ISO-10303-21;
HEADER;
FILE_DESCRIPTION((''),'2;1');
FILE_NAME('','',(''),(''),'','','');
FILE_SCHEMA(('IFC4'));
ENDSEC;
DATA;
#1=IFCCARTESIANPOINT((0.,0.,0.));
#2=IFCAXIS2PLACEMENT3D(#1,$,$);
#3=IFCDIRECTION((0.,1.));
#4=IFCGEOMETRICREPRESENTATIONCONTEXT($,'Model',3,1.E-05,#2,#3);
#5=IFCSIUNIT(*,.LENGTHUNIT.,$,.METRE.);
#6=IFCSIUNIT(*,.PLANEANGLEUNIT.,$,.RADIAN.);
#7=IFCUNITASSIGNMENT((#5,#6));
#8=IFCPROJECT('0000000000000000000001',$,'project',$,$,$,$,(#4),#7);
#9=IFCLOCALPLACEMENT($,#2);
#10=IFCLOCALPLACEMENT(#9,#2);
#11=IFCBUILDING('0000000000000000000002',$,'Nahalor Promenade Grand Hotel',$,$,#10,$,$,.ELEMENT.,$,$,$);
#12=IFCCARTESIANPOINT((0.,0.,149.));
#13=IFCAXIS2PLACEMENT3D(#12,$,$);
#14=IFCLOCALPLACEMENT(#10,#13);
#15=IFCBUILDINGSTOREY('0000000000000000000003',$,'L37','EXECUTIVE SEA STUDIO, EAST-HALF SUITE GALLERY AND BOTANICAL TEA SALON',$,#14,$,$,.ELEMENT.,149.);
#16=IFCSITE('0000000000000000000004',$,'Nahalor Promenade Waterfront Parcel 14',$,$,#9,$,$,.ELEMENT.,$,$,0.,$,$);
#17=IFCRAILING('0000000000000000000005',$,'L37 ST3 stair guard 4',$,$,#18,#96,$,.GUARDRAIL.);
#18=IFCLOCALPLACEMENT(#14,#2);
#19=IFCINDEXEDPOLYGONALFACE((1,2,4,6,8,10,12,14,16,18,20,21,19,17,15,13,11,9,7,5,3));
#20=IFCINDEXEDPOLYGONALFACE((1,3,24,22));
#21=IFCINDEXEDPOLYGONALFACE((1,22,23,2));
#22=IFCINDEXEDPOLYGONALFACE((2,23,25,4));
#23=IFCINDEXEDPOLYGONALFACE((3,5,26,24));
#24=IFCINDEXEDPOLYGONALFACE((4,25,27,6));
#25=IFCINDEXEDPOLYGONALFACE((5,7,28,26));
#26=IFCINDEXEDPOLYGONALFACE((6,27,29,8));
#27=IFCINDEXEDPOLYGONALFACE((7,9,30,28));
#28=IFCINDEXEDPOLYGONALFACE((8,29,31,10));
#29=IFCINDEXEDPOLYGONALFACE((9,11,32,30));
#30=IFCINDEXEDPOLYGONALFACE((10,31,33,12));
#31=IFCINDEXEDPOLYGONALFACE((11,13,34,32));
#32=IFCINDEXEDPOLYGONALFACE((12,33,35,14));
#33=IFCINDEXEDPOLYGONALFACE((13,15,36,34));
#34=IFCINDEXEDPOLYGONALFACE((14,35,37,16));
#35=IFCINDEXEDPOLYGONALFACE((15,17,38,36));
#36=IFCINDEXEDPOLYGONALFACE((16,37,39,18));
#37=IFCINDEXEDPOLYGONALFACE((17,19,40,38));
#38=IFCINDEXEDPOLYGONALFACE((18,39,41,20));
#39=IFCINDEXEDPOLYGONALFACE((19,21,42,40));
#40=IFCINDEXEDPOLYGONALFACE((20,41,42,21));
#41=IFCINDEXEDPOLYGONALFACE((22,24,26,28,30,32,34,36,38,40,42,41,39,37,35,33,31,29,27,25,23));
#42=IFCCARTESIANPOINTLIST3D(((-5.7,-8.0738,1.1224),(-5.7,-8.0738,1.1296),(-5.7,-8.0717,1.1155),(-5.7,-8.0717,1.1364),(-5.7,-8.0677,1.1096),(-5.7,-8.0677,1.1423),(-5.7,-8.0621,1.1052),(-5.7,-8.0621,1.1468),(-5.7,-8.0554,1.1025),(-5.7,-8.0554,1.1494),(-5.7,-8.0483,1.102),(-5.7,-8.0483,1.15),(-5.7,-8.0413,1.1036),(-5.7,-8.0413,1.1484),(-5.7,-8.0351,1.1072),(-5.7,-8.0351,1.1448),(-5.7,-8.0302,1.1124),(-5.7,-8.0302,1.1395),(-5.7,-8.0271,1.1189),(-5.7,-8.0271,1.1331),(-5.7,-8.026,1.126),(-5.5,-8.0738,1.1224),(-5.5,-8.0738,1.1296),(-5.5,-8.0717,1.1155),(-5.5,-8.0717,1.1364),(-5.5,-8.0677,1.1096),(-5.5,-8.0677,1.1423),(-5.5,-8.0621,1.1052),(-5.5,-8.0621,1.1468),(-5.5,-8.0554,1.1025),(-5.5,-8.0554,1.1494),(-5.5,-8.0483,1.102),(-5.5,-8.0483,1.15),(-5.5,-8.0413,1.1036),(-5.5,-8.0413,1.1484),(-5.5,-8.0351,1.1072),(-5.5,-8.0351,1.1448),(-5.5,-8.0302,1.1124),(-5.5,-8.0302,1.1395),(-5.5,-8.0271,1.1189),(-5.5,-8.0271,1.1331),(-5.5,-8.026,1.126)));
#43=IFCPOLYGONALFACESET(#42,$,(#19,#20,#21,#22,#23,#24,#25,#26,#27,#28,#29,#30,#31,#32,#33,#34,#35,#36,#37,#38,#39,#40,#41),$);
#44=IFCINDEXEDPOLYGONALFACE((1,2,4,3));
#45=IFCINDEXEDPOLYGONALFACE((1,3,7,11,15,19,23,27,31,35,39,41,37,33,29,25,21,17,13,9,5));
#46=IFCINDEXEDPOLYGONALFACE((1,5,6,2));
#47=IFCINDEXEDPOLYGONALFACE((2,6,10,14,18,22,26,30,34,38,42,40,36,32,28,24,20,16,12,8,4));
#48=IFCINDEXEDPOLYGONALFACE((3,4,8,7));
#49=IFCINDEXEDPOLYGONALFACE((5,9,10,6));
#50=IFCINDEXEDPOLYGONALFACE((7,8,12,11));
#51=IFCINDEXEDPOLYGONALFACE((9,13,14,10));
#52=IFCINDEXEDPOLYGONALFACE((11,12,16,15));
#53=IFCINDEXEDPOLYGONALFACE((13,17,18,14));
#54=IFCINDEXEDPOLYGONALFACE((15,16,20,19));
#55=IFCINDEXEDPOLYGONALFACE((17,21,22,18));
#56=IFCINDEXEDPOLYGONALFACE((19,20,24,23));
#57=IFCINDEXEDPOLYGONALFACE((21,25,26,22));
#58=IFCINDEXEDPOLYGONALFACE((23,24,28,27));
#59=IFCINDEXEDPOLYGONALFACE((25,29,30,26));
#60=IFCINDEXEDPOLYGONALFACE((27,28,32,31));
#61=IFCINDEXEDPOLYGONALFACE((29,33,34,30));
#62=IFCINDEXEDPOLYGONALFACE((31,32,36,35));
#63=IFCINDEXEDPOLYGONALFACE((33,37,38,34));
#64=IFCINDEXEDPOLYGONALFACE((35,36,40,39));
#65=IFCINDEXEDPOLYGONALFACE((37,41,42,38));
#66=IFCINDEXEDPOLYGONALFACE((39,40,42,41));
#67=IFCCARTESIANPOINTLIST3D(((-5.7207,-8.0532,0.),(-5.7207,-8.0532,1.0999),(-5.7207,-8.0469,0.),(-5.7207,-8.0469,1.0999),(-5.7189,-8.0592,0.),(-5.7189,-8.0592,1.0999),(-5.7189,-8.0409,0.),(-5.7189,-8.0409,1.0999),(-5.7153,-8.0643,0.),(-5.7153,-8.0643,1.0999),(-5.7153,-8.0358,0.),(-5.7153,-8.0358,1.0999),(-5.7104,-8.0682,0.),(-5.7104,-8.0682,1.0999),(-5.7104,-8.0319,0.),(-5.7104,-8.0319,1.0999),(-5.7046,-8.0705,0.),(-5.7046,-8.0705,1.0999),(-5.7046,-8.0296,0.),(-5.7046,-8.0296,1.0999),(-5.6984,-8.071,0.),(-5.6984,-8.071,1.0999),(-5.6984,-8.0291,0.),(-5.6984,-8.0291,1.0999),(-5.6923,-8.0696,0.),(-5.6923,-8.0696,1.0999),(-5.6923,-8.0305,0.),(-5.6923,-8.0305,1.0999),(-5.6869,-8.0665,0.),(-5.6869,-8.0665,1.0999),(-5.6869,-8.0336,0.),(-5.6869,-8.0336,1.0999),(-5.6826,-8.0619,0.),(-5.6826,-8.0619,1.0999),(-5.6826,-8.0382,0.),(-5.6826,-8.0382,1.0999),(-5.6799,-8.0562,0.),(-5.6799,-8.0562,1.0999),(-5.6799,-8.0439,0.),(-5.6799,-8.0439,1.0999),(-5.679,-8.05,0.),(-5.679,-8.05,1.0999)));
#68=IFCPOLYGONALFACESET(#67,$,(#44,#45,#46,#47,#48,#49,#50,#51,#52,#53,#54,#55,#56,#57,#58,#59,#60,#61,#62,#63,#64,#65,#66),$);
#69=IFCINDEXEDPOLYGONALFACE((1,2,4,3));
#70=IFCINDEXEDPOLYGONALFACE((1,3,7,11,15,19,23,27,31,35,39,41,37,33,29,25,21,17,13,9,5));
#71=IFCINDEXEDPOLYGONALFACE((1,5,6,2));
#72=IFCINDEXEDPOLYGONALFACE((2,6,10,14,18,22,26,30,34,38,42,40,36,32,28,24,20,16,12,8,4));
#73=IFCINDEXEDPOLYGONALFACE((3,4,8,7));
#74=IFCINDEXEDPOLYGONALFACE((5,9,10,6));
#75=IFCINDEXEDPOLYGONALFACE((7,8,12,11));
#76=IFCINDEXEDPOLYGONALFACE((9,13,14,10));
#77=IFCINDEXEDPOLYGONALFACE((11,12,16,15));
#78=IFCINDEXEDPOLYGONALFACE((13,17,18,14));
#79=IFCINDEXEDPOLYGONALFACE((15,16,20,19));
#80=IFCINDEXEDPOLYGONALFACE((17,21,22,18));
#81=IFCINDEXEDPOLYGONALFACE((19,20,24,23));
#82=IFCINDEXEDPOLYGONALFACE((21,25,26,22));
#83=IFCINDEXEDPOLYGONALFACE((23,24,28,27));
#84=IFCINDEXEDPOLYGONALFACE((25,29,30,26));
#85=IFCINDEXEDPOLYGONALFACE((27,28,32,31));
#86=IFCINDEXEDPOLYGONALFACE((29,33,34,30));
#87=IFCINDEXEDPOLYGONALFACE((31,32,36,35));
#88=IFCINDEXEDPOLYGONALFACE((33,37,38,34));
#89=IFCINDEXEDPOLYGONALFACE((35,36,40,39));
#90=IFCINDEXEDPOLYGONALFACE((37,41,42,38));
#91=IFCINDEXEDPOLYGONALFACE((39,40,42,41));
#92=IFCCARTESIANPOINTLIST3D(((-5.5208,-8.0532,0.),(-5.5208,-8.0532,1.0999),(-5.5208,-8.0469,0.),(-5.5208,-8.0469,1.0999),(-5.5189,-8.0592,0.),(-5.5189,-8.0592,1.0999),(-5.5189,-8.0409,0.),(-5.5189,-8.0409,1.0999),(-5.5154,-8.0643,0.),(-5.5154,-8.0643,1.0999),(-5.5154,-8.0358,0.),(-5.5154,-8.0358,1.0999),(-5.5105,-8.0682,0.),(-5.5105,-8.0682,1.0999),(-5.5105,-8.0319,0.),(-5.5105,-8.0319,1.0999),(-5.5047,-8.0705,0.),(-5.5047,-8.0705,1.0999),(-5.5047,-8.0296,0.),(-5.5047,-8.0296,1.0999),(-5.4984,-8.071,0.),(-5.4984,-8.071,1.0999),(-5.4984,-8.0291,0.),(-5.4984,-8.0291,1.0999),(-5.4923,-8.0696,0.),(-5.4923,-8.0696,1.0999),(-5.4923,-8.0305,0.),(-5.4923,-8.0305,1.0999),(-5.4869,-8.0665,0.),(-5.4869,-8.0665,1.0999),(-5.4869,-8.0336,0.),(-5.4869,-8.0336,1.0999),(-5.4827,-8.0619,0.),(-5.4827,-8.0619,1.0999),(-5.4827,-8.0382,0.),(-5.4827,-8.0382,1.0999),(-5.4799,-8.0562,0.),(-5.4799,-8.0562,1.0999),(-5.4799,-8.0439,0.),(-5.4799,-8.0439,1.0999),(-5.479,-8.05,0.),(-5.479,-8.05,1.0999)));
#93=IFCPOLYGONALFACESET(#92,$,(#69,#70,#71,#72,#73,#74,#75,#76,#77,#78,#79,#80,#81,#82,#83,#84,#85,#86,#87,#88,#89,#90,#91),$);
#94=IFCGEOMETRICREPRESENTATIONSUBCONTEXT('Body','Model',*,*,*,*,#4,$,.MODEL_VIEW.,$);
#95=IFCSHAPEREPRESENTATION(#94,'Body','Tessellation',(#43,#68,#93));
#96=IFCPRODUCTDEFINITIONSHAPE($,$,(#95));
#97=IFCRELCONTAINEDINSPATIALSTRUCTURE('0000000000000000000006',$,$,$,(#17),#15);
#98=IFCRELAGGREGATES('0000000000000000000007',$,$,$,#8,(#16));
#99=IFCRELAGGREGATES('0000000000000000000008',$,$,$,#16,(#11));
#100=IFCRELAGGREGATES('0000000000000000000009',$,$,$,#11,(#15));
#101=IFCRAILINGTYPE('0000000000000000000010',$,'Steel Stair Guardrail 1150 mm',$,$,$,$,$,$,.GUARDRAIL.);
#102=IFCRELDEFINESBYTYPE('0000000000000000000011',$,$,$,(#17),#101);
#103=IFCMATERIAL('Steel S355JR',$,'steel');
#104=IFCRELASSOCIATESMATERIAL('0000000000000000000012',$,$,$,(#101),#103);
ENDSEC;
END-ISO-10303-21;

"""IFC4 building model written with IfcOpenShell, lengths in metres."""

from ifc_helpers import new_model, si_unit, direction, frame, origin, origin_2d, place, context, subcontext, project, spatial, circle, extrude, material, type_object, element, save


model = new_model("IFC4")

# Units and contexts
model_context = context("Model", 3, precision=1e-05, world=origin(), true_north=direction((0.0, 1.0)))
body_context = subcontext(model_context, "Body", "Model", "MODEL_VIEW")
ifc_project = project(units=[si_unit("LENGTHUNIT", "METRE"), si_unit("PLANEANGLEUNIT", "RADIAN")], contexts=[model_context])

# Site, building, storey
site_placement = place(None, origin())
site = spatial("IfcSite", under=ifc_project, at=site_placement, Name="Nahalor Promenade Waterfront Parcel 14", CompositionType="ELEMENT", RefElevation=0.0)
building_placement = place(site_placement, origin())
building = spatial("IfcBuilding", under=site, at=building_placement, Name="Nahalor Promenade Grand Hotel", CompositionType="ELEMENT")
storey_placement = place(building_placement, frame((0.0, 0.0, 149.0)))
storey = spatial("IfcBuildingStorey", under=building, at=storey_placement, Name="L37", Description="EXECUTIVE SEA STUDIO, EAST-HALF SUITE GALLERY AND BOTANICAL TEA SALON", CompositionType="ELEMENT", Elevation=149.0)

# Shared definitions
ifc_material_1 = material(Name="Steel S355JR", Category="steel")

# Railing
railing_type_1 = type_object("IfcRailingType", Name="Steel Stair Guardrail 1150 mm", PredefinedType="GUARDRAIL", material=ifc_material_1)
railing_1_placement = place(storey_placement, frame((-5.7, -8.05, 0.0)))
element("IfcRailing", 1, at=railing_1_placement, inside=storey, type_object=railing_type_1, Name="L37 ST3 stair guard 4", PredefinedType="GUARDRAIL", context=body_context, shape_type="SweptSolid", body=[
    extrude(circle(Radius=0.024, at=origin_2d()), frame((0.0, 0.0, 1.126), z_axis=(1.0, 0.0, 0.0), x_axis=(0.0, 1.0, 0.0)), (0.0, 0.0, 1.0), 0.2),
    extrude(circle(Radius=0.021, at=origin_2d()), origin(), (0.0, 0.0, 1.0), 1.0999),
    extrude(circle(Radius=0.021, at=origin_2d()), frame((0.2, 0.0, 0.0)), (0.0, 0.0, 1.0), 1.0999),
])

save(model, "model.ifc")
